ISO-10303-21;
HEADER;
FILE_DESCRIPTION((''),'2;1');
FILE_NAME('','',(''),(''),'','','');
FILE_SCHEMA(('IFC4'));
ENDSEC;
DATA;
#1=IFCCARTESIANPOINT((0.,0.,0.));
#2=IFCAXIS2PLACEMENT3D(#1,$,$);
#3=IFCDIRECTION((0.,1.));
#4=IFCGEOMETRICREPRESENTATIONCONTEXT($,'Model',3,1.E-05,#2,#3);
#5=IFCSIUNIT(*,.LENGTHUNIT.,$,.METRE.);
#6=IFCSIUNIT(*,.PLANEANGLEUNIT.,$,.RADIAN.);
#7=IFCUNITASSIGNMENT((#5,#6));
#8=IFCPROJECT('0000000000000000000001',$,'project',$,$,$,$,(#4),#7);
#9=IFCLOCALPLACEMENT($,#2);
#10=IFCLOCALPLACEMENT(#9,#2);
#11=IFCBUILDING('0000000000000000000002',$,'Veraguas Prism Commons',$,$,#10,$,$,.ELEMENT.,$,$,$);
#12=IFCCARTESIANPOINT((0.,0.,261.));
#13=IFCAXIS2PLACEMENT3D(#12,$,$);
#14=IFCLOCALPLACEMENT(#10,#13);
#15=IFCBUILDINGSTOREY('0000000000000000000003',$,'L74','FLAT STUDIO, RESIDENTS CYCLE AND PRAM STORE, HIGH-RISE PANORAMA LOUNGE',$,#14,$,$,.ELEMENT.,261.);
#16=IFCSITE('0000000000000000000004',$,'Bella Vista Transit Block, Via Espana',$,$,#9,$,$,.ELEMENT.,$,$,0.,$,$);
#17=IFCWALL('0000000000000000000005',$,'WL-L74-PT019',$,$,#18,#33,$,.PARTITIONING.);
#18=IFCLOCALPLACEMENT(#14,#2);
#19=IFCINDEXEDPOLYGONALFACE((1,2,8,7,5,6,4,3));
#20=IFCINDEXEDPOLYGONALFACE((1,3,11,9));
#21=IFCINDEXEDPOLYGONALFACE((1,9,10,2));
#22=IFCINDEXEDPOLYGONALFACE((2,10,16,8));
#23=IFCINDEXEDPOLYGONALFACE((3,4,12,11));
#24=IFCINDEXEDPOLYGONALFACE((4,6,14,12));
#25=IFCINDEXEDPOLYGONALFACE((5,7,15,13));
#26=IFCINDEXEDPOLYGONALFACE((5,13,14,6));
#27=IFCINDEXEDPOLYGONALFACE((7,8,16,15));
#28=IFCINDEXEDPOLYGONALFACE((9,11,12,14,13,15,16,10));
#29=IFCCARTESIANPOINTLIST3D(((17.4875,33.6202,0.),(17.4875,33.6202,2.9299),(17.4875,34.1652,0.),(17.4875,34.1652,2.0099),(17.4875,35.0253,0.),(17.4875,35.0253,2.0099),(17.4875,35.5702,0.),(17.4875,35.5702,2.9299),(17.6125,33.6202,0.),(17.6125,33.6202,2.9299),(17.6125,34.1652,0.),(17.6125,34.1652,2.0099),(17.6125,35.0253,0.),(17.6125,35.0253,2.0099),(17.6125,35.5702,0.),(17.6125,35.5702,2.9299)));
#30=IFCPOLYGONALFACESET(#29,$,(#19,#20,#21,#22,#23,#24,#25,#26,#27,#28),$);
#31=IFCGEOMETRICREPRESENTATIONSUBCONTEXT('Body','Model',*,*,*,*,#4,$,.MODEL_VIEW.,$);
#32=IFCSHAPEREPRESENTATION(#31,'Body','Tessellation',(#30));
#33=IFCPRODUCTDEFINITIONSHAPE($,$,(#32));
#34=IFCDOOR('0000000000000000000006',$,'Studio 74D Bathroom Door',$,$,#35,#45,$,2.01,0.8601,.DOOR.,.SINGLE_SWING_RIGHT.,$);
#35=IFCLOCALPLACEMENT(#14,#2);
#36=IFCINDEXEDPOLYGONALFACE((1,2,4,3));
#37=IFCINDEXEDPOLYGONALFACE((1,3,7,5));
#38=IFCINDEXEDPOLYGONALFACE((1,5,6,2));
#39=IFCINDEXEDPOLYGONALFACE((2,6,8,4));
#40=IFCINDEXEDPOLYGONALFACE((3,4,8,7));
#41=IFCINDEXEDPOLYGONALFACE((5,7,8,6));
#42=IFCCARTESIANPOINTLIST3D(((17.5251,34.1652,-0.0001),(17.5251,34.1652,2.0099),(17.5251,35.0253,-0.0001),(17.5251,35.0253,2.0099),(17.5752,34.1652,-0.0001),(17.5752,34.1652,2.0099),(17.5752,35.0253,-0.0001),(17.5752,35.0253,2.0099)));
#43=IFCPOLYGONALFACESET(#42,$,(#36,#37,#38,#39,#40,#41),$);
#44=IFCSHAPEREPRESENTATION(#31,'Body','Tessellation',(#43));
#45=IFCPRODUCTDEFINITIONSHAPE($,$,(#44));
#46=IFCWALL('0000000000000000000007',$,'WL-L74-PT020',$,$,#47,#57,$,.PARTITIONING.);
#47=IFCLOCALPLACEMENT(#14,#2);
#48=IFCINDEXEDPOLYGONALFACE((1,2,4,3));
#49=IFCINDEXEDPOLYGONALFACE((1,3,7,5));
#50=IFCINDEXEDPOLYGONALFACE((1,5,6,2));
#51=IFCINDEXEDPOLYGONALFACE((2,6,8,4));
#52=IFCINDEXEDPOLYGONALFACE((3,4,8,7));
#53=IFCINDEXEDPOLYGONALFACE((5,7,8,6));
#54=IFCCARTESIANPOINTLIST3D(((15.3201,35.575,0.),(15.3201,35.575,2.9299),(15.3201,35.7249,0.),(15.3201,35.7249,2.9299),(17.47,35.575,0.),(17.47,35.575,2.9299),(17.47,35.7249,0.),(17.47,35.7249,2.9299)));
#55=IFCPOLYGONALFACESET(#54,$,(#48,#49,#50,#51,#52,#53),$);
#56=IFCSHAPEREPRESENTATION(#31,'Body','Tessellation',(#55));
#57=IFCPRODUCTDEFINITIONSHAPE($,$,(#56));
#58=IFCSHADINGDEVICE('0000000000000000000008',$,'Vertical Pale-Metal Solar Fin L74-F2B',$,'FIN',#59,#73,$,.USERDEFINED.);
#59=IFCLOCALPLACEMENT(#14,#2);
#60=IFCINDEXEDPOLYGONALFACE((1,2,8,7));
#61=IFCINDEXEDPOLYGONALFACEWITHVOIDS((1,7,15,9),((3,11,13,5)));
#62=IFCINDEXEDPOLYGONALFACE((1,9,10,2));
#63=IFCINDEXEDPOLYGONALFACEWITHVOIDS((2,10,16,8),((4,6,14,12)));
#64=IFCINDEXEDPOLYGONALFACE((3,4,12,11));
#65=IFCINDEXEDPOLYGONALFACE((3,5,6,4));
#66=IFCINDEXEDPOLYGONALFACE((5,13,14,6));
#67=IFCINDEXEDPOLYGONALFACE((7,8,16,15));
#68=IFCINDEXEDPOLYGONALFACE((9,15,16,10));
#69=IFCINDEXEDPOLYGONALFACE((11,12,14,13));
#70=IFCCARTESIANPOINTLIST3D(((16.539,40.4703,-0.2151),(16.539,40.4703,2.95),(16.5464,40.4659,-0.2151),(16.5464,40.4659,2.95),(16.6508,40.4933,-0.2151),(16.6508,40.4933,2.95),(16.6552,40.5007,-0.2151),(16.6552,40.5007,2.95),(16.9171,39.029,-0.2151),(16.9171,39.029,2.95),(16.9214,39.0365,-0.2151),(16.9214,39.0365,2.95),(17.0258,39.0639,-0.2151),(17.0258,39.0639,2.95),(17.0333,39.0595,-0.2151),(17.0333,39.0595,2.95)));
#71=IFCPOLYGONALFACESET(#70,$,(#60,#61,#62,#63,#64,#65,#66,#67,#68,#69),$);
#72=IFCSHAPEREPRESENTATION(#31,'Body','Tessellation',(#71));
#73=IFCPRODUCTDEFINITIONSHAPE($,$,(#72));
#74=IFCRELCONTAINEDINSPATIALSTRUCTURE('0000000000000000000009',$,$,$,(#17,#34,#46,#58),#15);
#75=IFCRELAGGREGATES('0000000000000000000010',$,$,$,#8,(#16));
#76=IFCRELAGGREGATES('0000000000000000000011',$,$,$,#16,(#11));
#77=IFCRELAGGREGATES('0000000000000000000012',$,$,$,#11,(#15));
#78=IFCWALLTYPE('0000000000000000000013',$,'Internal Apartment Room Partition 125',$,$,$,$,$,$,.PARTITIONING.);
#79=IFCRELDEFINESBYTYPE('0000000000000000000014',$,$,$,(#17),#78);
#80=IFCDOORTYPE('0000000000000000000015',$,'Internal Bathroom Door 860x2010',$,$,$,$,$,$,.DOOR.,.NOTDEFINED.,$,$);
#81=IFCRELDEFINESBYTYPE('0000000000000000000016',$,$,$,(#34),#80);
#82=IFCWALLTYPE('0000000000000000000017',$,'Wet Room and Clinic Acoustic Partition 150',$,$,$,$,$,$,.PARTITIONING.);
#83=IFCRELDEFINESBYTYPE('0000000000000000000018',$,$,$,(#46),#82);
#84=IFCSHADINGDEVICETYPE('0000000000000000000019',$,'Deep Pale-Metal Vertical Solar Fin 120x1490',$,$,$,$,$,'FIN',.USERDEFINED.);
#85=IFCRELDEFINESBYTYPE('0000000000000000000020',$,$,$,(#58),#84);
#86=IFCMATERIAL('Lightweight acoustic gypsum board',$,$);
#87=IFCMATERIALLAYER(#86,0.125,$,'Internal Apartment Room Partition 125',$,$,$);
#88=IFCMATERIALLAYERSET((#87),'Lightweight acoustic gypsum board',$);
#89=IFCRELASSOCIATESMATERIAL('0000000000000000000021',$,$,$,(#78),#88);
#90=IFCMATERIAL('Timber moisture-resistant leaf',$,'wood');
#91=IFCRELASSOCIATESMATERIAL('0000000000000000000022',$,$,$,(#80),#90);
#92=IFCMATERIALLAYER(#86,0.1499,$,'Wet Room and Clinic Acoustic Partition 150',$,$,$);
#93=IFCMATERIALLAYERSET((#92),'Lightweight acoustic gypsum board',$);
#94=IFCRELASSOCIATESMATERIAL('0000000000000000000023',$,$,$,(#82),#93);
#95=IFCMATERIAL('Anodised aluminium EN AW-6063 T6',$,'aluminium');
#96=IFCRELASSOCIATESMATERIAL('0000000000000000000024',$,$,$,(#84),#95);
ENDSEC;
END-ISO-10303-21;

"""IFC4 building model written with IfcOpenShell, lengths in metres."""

from ifc_helpers import new_model, si_unit, direction, frame, frame_2d, origin, origin_2d, place, context, subcontext, project, spatial, rectangle, hollow_rectangle, extrude, source, transform, mapped, material, layer, layer_set, material_profile, profile_set, type_object, element, fill, save


model = new_model("IFC4")

# Units and contexts
model_context = context("Model", 3, precision=1e-05, world=origin(), true_north=direction((0.0, 1.0)))
body_context = subcontext(model_context, "Body", "Model", "MODEL_VIEW")
ifc_project = project(units=[si_unit("LENGTHUNIT", "METRE"), si_unit("PLANEANGLEUNIT", "RADIAN")], contexts=[model_context])

# Site, building, storey
site_placement = place(None, origin())
site = spatial("IfcSite", under=ifc_project, at=site_placement, Name="Bella Vista Transit Block, Via Espana", CompositionType="ELEMENT", RefElevation=0.0)
building_placement = place(site_placement, origin())
building = spatial("IfcBuilding", under=site, at=building_placement, Name="Veraguas Prism Commons", CompositionType="ELEMENT")
storey_placement = place(building_placement, frame((0.0, 0.0, 261.0)))
storey = spatial("IfcBuildingStorey", under=building, at=storey_placement, Name="L74", Description="FLAT STUDIO, RESIDENTS CYCLE AND PRAM STORE, HIGH-RISE PANORAMA LOUNGE", CompositionType="ELEMENT", Elevation=261.0)

# Shared definitions
ifc_material_1 = material(Name="Anodised aluminium EN AW-6063 T6", Category="aluminium")

# Shared definitions
shared_shape_1 = source(origin(), body_context, "Body", "SweptSolid", [
    extrude(rectangle(XDim=0.8601, YDim=2.01, at=frame_2d((0.4302, 1.0049))), frame((0.0, 0.0249, 0.0), z_axis=(0.0, -1.0, 0.0), x_axis=(1.0, 0.0, 0.0)), (0.0, 0.0, 1.0), 0.05),
])

# Wall, opening, door
ifc_material_2 = material(Name="Lightweight acoustic gypsum board")
ifc_layer_1 = layer(ifc_material_2, 0.125, Name="Internal Apartment Room Partition 125")
ifc_layer_set_1 = layer_set([ifc_layer_1], Name="Lightweight acoustic gypsum board")
wall_type_1 = type_object("IfcWallType", Name="Internal Apartment Room Partition 125", PredefinedType="PARTITIONING", material=ifc_layer_set_1)
wall_1_placement = place(storey_placement, frame((17.55, 33.6201, 0.0), z_axis=(0.0, 0.0, 1.0), x_axis=(0.0, 1.0, 0.0)))
wall_1 = element("IfcWall", 1, at=wall_1_placement, inside=storey, type_object=wall_type_1, Name="WL-L74-PT019", PredefinedType="PARTITIONING", context=body_context, shape_type="SweptSolid", body=[
    extrude(rectangle(XDim=1.95, YDim=0.125, at=frame_2d((0.9751, 0.0))), origin(), (0.0, 0.0, 1.0), 2.9299),
])
opening_1_placement = place(wall_1_placement, frame((0.5449, 0.0, 0.0)))
opening_1 = element("IfcOpeningElement", 2, at=opening_1_placement, cuts=wall_1, PredefinedType="OPENING", context=body_context, shape_type="SweptSolid", body=[
    extrude(rectangle(XDim=0.8601, YDim=2.01, at=frame_2d((0.4302, 1.0049))), frame((0.0, 0.0725, 0.0), z_axis=(0.0, -1.0, 0.0), x_axis=(1.0, 0.0, 0.0)), (0.0, 0.0, 1.0), 0.145),
])
ifc_material_3 = material(Name="Timber moisture-resistant leaf", Category="wood")
door_type_1 = type_object("IfcDoorType", Name="Internal Bathroom Door 860x2010", OperationType="NOTDEFINED", PredefinedType="DOOR", material=ifc_material_3)
door_1_placement = place(opening_1_placement, origin())
door_1 = element("IfcDoor", 3, at=door_1_placement, inside=storey, type_object=door_type_1, Name="Studio 74D Bathroom Door", OperationType="SINGLE_SWING_RIGHT", OverallHeight=2.01, OverallWidth=0.8601, PredefinedType="DOOR", context=body_context, shape_type="MappedRepresentation", body=[
    mapped(shared_shape_1, transform((0.0, 0.0, 0.0), scale=1.0)),
])
fill(opening_1, door_1)

# Wall
ifc_layer_2 = layer(ifc_material_2, 0.1499, Name="Wet Room and Clinic Acoustic Partition 150")
ifc_layer_set_2 = layer_set([ifc_layer_2], Name="Lightweight acoustic gypsum board")
wall_type_2 = type_object("IfcWallType", Name="Wet Room and Clinic Acoustic Partition 150", PredefinedType="PARTITIONING", material=ifc_layer_set_2)
wall_2_placement = place(storey_placement, frame((15.3201, 35.6499, 0.0), z_axis=(0.0, 0.0, 1.0), x_axis=(1.0, 0.0, 0.0)))
element("IfcWall", 4, at=wall_2_placement, inside=storey, type_object=wall_type_2, Name="WL-L74-PT020", PredefinedType="PARTITIONING", context=body_context, shape_type="SweptSolid", body=[
    extrude(rectangle(XDim=2.1499, YDim=0.1499, at=frame_2d((1.075, 0.0))), origin(), (0.0, 0.0, 1.0), 2.9299),
])

# Shading device
ifc_material_profile_1 = material_profile(ifc_material_1, hollow_rectangle(XDim=0.1201, YDim=1.49, WallThickness=0.0061, at=origin_2d()), Name="FIN120X1490X6")
ifc_profile_set_1 = profile_set([ifc_material_profile_1], Name="Anodised aluminium EN AW-6063 T6")
shading_device_type = type_object("IfcShadingDeviceType", Name="Deep Pale-Metal Vertical Solar Fin 120x1490", ElementType="FIN", PredefinedType="USERDEFINED", material=ifc_profile_set_1)
shading_device_placement = place(storey_placement, frame((16.7861, 39.7649, -0.2151), z_axis=(0.0, 0.0, 1.0), x_axis=(-0.967267, -0.253761, 0.0)))
element("IfcShadingDevice", 5, at=shading_device_placement, inside=storey, type_object=shading_device_type, Name="Vertical Pale-Metal Solar Fin L74-F2B", ObjectType="FIN", PredefinedType="USERDEFINED", context=body_context, shape_type="SweptSolid", body=[
    extrude(hollow_rectangle(XDim=0.1201, YDim=1.49, WallThickness=0.0061, at=origin_2d()), origin(), (0.0, 0.0, 1.0), 3.165),
])

save(model, "model.ifc")
